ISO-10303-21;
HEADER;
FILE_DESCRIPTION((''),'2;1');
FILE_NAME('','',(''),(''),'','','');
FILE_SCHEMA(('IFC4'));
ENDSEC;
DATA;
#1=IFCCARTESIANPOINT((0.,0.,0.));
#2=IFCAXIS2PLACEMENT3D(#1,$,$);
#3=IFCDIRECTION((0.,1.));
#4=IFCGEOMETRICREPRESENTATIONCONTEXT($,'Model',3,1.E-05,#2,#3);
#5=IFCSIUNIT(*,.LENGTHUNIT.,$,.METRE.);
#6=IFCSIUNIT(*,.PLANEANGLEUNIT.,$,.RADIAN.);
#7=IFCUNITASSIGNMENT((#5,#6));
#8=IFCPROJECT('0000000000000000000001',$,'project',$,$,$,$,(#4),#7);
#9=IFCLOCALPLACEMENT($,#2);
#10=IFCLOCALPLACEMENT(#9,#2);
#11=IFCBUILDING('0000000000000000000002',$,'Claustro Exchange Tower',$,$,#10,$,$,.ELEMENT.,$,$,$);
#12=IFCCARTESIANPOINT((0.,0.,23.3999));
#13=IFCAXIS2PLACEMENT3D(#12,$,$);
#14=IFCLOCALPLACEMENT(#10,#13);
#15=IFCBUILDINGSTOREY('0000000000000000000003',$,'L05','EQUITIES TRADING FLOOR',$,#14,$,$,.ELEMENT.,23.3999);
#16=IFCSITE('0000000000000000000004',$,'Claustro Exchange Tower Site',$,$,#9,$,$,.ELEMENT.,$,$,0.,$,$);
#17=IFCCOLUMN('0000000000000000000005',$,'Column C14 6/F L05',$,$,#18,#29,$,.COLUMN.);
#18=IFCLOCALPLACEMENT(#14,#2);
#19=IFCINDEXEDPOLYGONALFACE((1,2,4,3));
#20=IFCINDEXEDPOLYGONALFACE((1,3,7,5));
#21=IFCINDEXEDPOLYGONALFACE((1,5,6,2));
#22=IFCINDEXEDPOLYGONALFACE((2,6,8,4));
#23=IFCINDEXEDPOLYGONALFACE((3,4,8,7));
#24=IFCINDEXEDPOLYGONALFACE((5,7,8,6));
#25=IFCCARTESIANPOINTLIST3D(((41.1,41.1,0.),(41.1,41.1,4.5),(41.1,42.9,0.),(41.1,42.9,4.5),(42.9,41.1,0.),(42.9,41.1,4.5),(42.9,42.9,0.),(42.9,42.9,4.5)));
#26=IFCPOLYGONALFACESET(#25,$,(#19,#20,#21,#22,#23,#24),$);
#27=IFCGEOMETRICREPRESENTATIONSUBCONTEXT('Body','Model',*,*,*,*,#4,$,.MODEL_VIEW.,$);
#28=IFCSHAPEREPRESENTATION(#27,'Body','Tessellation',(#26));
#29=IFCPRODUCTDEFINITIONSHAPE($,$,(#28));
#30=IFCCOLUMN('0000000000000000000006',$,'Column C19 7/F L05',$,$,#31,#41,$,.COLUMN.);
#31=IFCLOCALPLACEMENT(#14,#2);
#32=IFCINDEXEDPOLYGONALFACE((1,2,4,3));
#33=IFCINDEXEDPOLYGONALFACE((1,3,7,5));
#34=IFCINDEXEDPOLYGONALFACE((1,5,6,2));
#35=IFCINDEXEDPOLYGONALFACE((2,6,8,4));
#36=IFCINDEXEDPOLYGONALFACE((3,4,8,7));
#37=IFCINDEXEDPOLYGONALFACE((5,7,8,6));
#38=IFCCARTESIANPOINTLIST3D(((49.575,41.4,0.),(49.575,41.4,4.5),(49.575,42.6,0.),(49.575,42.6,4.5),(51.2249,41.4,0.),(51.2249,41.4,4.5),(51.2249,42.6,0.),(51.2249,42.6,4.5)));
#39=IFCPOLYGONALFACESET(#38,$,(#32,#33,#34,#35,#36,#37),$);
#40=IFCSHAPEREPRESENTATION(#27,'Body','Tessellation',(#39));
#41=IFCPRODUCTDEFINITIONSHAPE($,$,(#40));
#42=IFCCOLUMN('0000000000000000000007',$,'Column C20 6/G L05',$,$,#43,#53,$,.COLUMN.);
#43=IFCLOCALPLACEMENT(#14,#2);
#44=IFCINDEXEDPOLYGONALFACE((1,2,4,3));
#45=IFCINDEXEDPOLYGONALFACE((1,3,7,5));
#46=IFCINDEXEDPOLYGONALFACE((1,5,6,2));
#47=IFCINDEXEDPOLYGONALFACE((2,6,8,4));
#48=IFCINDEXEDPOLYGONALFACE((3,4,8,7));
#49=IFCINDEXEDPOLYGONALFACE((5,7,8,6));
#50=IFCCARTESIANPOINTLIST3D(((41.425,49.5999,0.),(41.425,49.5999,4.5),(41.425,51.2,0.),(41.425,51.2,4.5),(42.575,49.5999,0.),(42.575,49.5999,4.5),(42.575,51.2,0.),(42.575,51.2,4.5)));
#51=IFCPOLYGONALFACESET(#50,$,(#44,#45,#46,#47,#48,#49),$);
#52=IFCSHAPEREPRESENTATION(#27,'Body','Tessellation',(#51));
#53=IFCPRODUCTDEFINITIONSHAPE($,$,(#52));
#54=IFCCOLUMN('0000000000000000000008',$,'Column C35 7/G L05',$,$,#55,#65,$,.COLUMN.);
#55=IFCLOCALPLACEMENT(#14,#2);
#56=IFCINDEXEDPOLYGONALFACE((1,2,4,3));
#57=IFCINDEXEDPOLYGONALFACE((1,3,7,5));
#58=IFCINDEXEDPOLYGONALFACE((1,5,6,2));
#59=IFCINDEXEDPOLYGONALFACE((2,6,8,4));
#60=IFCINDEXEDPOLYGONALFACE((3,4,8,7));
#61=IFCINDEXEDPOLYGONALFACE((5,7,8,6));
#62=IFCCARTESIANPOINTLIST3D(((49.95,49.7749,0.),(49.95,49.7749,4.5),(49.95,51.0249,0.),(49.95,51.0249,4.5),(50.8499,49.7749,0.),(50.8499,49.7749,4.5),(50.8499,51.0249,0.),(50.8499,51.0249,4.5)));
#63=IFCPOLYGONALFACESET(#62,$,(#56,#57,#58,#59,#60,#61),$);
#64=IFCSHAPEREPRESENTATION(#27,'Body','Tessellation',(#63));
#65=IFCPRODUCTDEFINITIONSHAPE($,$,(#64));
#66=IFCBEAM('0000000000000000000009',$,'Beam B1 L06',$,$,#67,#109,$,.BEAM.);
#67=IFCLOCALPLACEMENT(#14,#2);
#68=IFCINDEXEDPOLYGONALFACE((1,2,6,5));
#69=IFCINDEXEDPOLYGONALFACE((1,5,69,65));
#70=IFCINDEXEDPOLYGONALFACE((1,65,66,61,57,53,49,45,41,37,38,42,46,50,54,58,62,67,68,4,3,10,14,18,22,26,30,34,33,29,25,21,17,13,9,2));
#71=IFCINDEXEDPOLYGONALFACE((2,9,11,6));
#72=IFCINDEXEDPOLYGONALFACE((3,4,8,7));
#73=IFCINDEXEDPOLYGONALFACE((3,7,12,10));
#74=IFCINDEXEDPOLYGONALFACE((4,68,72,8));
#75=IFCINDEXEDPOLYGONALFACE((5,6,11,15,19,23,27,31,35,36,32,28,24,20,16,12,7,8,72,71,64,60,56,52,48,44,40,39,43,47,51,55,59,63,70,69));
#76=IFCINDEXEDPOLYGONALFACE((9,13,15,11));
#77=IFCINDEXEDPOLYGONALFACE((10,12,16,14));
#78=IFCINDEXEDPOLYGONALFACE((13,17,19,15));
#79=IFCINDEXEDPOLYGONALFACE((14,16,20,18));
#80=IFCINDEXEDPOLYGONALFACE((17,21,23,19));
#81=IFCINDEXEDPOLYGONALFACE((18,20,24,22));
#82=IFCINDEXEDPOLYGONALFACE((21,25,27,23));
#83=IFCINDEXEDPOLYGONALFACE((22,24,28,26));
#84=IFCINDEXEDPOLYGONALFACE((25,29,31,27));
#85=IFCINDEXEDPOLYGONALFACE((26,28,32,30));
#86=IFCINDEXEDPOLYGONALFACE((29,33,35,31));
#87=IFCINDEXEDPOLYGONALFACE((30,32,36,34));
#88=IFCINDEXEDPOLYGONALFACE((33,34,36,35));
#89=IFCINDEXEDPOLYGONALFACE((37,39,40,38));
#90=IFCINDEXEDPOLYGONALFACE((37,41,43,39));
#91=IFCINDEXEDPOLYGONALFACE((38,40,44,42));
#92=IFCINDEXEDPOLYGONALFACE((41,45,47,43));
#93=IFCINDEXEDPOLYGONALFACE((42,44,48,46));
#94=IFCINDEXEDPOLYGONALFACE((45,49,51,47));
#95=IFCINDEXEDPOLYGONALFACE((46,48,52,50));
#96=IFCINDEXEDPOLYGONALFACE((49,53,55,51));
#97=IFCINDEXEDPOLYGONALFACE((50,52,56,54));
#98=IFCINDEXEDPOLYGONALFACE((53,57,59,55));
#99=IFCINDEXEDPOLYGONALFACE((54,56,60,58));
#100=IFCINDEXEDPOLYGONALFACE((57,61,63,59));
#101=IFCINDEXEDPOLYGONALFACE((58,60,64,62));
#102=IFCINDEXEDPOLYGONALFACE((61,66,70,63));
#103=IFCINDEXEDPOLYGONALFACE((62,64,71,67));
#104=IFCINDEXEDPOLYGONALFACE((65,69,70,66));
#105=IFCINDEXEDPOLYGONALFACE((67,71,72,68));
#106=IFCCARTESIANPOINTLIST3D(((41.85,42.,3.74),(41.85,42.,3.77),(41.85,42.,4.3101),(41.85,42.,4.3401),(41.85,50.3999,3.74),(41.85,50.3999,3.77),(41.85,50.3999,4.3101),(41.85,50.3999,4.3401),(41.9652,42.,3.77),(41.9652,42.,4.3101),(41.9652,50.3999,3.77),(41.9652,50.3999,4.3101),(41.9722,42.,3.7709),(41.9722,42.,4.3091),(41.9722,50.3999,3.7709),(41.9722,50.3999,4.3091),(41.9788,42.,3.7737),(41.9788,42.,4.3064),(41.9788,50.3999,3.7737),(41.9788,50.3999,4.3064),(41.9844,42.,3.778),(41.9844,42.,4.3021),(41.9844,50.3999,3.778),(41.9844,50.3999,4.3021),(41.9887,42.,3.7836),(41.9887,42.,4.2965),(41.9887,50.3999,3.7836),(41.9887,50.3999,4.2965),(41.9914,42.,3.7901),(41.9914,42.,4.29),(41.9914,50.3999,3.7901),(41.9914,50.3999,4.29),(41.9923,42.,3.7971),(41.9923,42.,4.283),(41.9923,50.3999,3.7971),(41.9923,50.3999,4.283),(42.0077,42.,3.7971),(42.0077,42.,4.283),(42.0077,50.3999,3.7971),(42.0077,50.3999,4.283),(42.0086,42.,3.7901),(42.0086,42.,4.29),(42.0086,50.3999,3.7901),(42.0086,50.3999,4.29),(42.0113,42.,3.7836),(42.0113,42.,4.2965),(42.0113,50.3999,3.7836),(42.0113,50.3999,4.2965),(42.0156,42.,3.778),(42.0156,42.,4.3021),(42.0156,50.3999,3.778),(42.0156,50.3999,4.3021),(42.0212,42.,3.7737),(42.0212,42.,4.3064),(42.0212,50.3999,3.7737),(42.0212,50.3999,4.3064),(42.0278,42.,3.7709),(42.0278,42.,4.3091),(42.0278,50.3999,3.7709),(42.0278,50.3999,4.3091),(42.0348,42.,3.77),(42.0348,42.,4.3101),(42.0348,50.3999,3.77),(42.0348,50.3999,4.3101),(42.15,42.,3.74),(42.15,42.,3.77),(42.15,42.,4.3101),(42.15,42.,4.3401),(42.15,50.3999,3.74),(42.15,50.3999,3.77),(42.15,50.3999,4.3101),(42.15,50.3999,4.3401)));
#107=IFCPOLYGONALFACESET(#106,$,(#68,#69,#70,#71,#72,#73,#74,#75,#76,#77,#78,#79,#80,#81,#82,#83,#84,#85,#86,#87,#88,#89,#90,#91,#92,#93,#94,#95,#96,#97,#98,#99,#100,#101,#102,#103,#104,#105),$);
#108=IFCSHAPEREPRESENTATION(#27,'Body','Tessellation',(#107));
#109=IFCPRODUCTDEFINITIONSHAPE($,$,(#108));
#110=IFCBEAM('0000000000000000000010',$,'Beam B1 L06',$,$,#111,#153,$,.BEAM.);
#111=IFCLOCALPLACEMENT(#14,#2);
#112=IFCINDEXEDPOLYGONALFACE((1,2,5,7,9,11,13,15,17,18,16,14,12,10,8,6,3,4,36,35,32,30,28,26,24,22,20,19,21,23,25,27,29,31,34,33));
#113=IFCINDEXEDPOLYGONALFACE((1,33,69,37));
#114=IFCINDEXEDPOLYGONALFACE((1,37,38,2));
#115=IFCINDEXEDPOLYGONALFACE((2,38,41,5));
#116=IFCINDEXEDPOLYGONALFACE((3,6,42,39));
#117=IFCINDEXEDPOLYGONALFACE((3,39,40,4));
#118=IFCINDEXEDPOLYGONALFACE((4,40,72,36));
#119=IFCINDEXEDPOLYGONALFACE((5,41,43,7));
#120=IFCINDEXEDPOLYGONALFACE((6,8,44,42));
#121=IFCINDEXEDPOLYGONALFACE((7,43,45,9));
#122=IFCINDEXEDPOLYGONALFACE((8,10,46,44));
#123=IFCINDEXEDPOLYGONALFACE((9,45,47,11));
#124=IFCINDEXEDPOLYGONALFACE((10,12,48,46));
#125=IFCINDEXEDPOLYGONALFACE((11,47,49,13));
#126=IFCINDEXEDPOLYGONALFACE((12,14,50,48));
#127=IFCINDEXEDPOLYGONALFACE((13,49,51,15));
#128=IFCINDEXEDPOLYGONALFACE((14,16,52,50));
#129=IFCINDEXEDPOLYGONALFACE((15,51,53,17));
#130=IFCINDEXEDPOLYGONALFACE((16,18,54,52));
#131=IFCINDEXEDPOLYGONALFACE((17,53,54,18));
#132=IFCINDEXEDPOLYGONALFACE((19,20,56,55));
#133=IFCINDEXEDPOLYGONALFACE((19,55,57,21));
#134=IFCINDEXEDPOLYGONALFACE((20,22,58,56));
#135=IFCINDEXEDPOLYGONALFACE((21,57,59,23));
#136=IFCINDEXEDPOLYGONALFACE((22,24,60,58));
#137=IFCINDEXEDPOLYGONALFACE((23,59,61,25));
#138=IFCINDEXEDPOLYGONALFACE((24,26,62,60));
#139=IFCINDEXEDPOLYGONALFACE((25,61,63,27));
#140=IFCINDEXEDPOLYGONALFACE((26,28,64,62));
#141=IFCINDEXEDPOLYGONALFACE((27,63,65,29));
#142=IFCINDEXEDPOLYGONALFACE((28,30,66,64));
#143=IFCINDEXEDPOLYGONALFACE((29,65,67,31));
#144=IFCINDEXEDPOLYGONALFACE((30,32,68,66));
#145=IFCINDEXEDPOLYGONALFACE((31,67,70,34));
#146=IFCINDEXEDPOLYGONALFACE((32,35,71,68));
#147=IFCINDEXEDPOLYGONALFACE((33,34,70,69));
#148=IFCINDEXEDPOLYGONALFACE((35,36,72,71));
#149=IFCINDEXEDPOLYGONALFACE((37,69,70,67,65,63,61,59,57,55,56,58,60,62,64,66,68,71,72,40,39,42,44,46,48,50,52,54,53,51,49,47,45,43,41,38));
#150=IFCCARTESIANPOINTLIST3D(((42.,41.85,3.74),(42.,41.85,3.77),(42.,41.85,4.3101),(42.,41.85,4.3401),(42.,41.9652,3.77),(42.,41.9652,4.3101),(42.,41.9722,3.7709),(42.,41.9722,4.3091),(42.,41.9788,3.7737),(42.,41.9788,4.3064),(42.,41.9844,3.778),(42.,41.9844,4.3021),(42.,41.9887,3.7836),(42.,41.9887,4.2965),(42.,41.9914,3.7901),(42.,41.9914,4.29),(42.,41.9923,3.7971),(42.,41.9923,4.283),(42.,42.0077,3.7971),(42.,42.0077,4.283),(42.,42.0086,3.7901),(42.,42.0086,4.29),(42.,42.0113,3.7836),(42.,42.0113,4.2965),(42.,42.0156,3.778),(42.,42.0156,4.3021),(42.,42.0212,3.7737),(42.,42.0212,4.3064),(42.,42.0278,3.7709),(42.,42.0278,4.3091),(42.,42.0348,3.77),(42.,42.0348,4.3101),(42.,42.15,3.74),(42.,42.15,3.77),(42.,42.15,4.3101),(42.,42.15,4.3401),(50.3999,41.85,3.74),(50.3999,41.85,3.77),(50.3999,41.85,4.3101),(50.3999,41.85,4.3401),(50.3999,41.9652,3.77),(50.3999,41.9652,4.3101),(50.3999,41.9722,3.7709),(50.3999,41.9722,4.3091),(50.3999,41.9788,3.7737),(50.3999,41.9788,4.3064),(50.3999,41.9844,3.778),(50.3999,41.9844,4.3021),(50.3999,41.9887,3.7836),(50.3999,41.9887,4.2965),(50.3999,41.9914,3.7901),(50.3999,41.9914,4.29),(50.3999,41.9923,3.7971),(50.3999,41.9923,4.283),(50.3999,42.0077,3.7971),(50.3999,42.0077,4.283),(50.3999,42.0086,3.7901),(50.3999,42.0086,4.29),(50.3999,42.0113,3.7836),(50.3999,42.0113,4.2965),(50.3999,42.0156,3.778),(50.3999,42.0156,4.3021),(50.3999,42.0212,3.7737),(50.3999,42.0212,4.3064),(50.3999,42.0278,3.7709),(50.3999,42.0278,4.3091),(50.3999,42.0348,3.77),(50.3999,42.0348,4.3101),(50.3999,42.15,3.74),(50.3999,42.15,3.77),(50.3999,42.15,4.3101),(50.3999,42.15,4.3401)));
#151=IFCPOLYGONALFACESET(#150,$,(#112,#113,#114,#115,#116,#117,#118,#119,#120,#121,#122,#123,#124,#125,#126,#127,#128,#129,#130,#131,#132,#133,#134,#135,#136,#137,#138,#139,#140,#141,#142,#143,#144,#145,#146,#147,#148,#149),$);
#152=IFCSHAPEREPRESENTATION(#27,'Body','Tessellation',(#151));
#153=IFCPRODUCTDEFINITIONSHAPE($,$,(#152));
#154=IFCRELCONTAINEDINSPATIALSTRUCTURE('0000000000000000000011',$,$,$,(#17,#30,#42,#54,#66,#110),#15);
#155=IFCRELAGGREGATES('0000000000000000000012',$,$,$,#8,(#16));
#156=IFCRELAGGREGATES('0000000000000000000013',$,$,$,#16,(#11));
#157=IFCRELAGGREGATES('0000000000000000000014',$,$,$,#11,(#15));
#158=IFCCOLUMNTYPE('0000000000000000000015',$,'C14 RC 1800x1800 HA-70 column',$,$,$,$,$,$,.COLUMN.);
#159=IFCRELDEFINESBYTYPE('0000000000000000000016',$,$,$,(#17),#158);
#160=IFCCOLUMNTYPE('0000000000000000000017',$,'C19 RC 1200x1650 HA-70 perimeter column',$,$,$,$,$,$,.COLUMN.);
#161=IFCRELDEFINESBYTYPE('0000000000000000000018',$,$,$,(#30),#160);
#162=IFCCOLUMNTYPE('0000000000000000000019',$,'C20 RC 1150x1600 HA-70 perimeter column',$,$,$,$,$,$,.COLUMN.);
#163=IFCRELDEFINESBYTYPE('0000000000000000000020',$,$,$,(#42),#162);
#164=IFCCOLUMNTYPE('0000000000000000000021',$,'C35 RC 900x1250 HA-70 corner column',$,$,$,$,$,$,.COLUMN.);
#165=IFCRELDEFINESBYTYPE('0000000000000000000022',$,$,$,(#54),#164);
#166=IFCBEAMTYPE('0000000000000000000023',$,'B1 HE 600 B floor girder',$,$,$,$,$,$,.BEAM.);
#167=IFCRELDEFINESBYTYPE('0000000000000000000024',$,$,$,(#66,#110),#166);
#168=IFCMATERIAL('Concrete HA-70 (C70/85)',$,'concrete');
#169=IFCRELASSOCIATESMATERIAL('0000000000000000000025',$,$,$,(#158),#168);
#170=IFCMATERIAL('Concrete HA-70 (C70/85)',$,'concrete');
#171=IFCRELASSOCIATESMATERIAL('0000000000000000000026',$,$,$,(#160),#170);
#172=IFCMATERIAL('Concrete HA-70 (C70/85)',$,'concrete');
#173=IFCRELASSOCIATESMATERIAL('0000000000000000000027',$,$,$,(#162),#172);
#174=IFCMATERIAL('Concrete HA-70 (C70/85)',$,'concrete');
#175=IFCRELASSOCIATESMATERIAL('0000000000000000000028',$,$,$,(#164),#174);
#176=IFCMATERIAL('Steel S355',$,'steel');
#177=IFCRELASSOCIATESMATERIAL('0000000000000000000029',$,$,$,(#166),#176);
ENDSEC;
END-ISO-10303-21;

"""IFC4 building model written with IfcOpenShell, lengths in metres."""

from ifc_helpers import new_model, si_unit, direction, frame, origin, origin_2d, place, context, subcontext, project, spatial, rectangle, i_section, extrude, material, material_profile, profile_set, type_object, element, save


model = new_model("IFC4")

# Units and contexts
model_context = context("Model", 3, precision=1e-05, world=origin(), true_north=direction((0.0, 1.0)))
body_context = subcontext(model_context, "Body", "Model", "MODEL_VIEW")
ifc_project = project(units=[si_unit("LENGTHUNIT", "METRE"), si_unit("PLANEANGLEUNIT", "RADIAN")], contexts=[model_context])

# Site, building, storey
site_placement = place(None, origin())
site = spatial("IfcSite", under=ifc_project, at=site_placement, Name="Claustro Exchange Tower Site", CompositionType="ELEMENT", RefElevation=0.0)
building_placement = place(site_placement, origin())
building = spatial("IfcBuilding", under=site, at=building_placement, Name="Claustro Exchange Tower", CompositionType="ELEMENT")
storey_placement = place(building_placement, frame((0.0, 0.0, 23.3999)))
storey = spatial("IfcBuildingStorey", under=building, at=storey_placement, Name="L05", Description="EQUITIES TRADING FLOOR", CompositionType="ELEMENT", Elevation=23.3999)

# Columns
ifc_material_1 = material(Name="Concrete HA-70 (C70/85)", Category="concrete")
ifc_material_profile_1 = material_profile(ifc_material_1, rectangle(XDim=1.8, YDim=1.8, at=origin_2d()), Name="RC 1800x1800")
ifc_profile_set_1 = profile_set([ifc_material_profile_1], Name="Concrete HA-70 (C70/85)")
column_type_1 = type_object("IfcColumnType", Name="C14 RC 1800x1800 HA-70 column", PredefinedType="COLUMN", material=ifc_profile_set_1)
column_1_placement = place(storey_placement, frame((42.0, 42.0, 0.0), z_axis=(0.0, 0.0, 1.0), x_axis=(1.0, 0.0, 0.0)))
element("IfcColumn", 1, at=column_1_placement, inside=storey, type_object=column_type_1, Name="Column C14 6/F L05", PredefinedType="COLUMN", context=body_context, shape_type="SweptSolid", body=[
    extrude(rectangle(XDim=1.8, YDim=1.8, at=origin_2d()), origin(), (0.0, 0.0, 1.0), 4.5),
])
ifc_material_2 = material(Name="Concrete HA-70 (C70/85)", Category="concrete")
ifc_material_profile_2 = material_profile(ifc_material_2, rectangle(XDim=1.2, YDim=1.6499, at=origin_2d()), Name="RC 1200x1650")
ifc_profile_set_2 = profile_set([ifc_material_profile_2], Name="Concrete HA-70 (C70/85)")
column_type_2 = type_object("IfcColumnType", Name="C19 RC 1200x1650 HA-70 perimeter column", PredefinedType="COLUMN", material=ifc_profile_set_2)
column_2_placement = place(storey_placement, frame((50.3999, 42.0, 0.0), z_axis=(0.0, 0.0, 1.0), x_axis=(0.0, 1.0, 0.0)))
element("IfcColumn", 2, at=column_2_placement, inside=storey, type_object=column_type_2, Name="Column C19 7/F L05", PredefinedType="COLUMN", context=body_context, shape_type="SweptSolid", body=[
    extrude(rectangle(XDim=1.2, YDim=1.6499, at=origin_2d()), origin(), (0.0, 0.0, 1.0), 4.5),
])
ifc_material_3 = material(Name="Concrete HA-70 (C70/85)", Category="concrete")
ifc_material_profile_3 = material_profile(ifc_material_3, rectangle(XDim=1.1499, YDim=1.6001, at=origin_2d()), Name="RC 1150x1600")
ifc_profile_set_3 = profile_set([ifc_material_profile_3], Name="Concrete HA-70 (C70/85)")
column_type_3 = type_object("IfcColumnType", Name="C20 RC 1150x1600 HA-70 perimeter column", PredefinedType="COLUMN", material=ifc_profile_set_3)
column_3_placement = place(storey_placement, frame((42.0, 50.3999, 0.0), z_axis=(0.0, 0.0, 1.0), x_axis=(1.0, 0.0, 0.0)))
element("IfcColumn", 3, at=column_3_placement, inside=storey, type_object=column_type_3, Name="Column C20 6/G L05", PredefinedType="COLUMN", context=body_context, shape_type="SweptSolid", body=[
    extrude(rectangle(XDim=1.1499, YDim=1.6001, at=origin_2d()), origin(), (0.0, 0.0, 1.0), 4.5),
])
ifc_material_4 = material(Name="Concrete HA-70 (C70/85)", Category="concrete")
ifc_material_profile_4 = material_profile(ifc_material_4, rectangle(XDim=0.8999, YDim=1.25, at=origin_2d()), Name="RC 900x1250")
ifc_profile_set_4 = profile_set([ifc_material_profile_4], Name="Concrete HA-70 (C70/85)")
column_type_4 = type_object("IfcColumnType", Name="C35 RC 900x1250 HA-70 corner column", PredefinedType="COLUMN", material=ifc_profile_set_4)
column_4_placement = place(storey_placement, frame((50.3999, 50.3999, 0.0), z_axis=(0.0, 0.0, 1.0), x_axis=(1.0, 0.0, 0.0)))
element("IfcColumn", 4, at=column_4_placement, inside=storey, type_object=column_type_4, Name="Column C35 7/G L05", PredefinedType="COLUMN", context=body_context, shape_type="SweptSolid", body=[
    extrude(rectangle(XDim=0.8999, YDim=1.25, at=origin_2d()), origin(), (0.0, 0.0, 1.0), 4.5),
])

# Beams
ifc_material_5 = material(Name="Steel S355", Category="steel")
ifc_material_profile_5 = material_profile(ifc_material_5, i_section(OverallWidth=0.3, OverallDepth=0.6001, WebThickness=0.0154, FlangeThickness=0.03, FilletRadius=0.0271, at=origin_2d()), Name="HE 600 B")
ifc_profile_set_5 = profile_set([ifc_material_profile_5], Name="Steel S355")
beam_type_1 = type_object("IfcBeamType", Name="B1 HE 600 B floor girder", PredefinedType="BEAM", material=ifc_profile_set_5)
for number, where, z_axis, x_axis, name in (
    (5, (42.0, 42.0, 4.04), (0.0, 1.0, 0.0), (-1.0, 0.0, 0.0), "Beam B1 L06"),
    (6, (42.0, 42.0, 4.04), (1.0, 0.0, 0.0), (0.0, 1.0, 0.0), "Beam B1 L06"),
):
    element("IfcBeam", number, at=place(storey_placement, frame(where, z_axis=z_axis, x_axis=x_axis)), inside=storey, type_object=beam_type_1, Name=name, PredefinedType="BEAM", context=body_context, shape_type="SweptSolid", body=[
        extrude(i_section(OverallWidth=0.3, OverallDepth=0.6001, WebThickness=0.0154, FlangeThickness=0.03, FilletRadius=0.0271, at=origin_2d()), origin(), (0.0, 0.0, 1.0), 8.3999),
    ])

save(model, "model.ifc")
